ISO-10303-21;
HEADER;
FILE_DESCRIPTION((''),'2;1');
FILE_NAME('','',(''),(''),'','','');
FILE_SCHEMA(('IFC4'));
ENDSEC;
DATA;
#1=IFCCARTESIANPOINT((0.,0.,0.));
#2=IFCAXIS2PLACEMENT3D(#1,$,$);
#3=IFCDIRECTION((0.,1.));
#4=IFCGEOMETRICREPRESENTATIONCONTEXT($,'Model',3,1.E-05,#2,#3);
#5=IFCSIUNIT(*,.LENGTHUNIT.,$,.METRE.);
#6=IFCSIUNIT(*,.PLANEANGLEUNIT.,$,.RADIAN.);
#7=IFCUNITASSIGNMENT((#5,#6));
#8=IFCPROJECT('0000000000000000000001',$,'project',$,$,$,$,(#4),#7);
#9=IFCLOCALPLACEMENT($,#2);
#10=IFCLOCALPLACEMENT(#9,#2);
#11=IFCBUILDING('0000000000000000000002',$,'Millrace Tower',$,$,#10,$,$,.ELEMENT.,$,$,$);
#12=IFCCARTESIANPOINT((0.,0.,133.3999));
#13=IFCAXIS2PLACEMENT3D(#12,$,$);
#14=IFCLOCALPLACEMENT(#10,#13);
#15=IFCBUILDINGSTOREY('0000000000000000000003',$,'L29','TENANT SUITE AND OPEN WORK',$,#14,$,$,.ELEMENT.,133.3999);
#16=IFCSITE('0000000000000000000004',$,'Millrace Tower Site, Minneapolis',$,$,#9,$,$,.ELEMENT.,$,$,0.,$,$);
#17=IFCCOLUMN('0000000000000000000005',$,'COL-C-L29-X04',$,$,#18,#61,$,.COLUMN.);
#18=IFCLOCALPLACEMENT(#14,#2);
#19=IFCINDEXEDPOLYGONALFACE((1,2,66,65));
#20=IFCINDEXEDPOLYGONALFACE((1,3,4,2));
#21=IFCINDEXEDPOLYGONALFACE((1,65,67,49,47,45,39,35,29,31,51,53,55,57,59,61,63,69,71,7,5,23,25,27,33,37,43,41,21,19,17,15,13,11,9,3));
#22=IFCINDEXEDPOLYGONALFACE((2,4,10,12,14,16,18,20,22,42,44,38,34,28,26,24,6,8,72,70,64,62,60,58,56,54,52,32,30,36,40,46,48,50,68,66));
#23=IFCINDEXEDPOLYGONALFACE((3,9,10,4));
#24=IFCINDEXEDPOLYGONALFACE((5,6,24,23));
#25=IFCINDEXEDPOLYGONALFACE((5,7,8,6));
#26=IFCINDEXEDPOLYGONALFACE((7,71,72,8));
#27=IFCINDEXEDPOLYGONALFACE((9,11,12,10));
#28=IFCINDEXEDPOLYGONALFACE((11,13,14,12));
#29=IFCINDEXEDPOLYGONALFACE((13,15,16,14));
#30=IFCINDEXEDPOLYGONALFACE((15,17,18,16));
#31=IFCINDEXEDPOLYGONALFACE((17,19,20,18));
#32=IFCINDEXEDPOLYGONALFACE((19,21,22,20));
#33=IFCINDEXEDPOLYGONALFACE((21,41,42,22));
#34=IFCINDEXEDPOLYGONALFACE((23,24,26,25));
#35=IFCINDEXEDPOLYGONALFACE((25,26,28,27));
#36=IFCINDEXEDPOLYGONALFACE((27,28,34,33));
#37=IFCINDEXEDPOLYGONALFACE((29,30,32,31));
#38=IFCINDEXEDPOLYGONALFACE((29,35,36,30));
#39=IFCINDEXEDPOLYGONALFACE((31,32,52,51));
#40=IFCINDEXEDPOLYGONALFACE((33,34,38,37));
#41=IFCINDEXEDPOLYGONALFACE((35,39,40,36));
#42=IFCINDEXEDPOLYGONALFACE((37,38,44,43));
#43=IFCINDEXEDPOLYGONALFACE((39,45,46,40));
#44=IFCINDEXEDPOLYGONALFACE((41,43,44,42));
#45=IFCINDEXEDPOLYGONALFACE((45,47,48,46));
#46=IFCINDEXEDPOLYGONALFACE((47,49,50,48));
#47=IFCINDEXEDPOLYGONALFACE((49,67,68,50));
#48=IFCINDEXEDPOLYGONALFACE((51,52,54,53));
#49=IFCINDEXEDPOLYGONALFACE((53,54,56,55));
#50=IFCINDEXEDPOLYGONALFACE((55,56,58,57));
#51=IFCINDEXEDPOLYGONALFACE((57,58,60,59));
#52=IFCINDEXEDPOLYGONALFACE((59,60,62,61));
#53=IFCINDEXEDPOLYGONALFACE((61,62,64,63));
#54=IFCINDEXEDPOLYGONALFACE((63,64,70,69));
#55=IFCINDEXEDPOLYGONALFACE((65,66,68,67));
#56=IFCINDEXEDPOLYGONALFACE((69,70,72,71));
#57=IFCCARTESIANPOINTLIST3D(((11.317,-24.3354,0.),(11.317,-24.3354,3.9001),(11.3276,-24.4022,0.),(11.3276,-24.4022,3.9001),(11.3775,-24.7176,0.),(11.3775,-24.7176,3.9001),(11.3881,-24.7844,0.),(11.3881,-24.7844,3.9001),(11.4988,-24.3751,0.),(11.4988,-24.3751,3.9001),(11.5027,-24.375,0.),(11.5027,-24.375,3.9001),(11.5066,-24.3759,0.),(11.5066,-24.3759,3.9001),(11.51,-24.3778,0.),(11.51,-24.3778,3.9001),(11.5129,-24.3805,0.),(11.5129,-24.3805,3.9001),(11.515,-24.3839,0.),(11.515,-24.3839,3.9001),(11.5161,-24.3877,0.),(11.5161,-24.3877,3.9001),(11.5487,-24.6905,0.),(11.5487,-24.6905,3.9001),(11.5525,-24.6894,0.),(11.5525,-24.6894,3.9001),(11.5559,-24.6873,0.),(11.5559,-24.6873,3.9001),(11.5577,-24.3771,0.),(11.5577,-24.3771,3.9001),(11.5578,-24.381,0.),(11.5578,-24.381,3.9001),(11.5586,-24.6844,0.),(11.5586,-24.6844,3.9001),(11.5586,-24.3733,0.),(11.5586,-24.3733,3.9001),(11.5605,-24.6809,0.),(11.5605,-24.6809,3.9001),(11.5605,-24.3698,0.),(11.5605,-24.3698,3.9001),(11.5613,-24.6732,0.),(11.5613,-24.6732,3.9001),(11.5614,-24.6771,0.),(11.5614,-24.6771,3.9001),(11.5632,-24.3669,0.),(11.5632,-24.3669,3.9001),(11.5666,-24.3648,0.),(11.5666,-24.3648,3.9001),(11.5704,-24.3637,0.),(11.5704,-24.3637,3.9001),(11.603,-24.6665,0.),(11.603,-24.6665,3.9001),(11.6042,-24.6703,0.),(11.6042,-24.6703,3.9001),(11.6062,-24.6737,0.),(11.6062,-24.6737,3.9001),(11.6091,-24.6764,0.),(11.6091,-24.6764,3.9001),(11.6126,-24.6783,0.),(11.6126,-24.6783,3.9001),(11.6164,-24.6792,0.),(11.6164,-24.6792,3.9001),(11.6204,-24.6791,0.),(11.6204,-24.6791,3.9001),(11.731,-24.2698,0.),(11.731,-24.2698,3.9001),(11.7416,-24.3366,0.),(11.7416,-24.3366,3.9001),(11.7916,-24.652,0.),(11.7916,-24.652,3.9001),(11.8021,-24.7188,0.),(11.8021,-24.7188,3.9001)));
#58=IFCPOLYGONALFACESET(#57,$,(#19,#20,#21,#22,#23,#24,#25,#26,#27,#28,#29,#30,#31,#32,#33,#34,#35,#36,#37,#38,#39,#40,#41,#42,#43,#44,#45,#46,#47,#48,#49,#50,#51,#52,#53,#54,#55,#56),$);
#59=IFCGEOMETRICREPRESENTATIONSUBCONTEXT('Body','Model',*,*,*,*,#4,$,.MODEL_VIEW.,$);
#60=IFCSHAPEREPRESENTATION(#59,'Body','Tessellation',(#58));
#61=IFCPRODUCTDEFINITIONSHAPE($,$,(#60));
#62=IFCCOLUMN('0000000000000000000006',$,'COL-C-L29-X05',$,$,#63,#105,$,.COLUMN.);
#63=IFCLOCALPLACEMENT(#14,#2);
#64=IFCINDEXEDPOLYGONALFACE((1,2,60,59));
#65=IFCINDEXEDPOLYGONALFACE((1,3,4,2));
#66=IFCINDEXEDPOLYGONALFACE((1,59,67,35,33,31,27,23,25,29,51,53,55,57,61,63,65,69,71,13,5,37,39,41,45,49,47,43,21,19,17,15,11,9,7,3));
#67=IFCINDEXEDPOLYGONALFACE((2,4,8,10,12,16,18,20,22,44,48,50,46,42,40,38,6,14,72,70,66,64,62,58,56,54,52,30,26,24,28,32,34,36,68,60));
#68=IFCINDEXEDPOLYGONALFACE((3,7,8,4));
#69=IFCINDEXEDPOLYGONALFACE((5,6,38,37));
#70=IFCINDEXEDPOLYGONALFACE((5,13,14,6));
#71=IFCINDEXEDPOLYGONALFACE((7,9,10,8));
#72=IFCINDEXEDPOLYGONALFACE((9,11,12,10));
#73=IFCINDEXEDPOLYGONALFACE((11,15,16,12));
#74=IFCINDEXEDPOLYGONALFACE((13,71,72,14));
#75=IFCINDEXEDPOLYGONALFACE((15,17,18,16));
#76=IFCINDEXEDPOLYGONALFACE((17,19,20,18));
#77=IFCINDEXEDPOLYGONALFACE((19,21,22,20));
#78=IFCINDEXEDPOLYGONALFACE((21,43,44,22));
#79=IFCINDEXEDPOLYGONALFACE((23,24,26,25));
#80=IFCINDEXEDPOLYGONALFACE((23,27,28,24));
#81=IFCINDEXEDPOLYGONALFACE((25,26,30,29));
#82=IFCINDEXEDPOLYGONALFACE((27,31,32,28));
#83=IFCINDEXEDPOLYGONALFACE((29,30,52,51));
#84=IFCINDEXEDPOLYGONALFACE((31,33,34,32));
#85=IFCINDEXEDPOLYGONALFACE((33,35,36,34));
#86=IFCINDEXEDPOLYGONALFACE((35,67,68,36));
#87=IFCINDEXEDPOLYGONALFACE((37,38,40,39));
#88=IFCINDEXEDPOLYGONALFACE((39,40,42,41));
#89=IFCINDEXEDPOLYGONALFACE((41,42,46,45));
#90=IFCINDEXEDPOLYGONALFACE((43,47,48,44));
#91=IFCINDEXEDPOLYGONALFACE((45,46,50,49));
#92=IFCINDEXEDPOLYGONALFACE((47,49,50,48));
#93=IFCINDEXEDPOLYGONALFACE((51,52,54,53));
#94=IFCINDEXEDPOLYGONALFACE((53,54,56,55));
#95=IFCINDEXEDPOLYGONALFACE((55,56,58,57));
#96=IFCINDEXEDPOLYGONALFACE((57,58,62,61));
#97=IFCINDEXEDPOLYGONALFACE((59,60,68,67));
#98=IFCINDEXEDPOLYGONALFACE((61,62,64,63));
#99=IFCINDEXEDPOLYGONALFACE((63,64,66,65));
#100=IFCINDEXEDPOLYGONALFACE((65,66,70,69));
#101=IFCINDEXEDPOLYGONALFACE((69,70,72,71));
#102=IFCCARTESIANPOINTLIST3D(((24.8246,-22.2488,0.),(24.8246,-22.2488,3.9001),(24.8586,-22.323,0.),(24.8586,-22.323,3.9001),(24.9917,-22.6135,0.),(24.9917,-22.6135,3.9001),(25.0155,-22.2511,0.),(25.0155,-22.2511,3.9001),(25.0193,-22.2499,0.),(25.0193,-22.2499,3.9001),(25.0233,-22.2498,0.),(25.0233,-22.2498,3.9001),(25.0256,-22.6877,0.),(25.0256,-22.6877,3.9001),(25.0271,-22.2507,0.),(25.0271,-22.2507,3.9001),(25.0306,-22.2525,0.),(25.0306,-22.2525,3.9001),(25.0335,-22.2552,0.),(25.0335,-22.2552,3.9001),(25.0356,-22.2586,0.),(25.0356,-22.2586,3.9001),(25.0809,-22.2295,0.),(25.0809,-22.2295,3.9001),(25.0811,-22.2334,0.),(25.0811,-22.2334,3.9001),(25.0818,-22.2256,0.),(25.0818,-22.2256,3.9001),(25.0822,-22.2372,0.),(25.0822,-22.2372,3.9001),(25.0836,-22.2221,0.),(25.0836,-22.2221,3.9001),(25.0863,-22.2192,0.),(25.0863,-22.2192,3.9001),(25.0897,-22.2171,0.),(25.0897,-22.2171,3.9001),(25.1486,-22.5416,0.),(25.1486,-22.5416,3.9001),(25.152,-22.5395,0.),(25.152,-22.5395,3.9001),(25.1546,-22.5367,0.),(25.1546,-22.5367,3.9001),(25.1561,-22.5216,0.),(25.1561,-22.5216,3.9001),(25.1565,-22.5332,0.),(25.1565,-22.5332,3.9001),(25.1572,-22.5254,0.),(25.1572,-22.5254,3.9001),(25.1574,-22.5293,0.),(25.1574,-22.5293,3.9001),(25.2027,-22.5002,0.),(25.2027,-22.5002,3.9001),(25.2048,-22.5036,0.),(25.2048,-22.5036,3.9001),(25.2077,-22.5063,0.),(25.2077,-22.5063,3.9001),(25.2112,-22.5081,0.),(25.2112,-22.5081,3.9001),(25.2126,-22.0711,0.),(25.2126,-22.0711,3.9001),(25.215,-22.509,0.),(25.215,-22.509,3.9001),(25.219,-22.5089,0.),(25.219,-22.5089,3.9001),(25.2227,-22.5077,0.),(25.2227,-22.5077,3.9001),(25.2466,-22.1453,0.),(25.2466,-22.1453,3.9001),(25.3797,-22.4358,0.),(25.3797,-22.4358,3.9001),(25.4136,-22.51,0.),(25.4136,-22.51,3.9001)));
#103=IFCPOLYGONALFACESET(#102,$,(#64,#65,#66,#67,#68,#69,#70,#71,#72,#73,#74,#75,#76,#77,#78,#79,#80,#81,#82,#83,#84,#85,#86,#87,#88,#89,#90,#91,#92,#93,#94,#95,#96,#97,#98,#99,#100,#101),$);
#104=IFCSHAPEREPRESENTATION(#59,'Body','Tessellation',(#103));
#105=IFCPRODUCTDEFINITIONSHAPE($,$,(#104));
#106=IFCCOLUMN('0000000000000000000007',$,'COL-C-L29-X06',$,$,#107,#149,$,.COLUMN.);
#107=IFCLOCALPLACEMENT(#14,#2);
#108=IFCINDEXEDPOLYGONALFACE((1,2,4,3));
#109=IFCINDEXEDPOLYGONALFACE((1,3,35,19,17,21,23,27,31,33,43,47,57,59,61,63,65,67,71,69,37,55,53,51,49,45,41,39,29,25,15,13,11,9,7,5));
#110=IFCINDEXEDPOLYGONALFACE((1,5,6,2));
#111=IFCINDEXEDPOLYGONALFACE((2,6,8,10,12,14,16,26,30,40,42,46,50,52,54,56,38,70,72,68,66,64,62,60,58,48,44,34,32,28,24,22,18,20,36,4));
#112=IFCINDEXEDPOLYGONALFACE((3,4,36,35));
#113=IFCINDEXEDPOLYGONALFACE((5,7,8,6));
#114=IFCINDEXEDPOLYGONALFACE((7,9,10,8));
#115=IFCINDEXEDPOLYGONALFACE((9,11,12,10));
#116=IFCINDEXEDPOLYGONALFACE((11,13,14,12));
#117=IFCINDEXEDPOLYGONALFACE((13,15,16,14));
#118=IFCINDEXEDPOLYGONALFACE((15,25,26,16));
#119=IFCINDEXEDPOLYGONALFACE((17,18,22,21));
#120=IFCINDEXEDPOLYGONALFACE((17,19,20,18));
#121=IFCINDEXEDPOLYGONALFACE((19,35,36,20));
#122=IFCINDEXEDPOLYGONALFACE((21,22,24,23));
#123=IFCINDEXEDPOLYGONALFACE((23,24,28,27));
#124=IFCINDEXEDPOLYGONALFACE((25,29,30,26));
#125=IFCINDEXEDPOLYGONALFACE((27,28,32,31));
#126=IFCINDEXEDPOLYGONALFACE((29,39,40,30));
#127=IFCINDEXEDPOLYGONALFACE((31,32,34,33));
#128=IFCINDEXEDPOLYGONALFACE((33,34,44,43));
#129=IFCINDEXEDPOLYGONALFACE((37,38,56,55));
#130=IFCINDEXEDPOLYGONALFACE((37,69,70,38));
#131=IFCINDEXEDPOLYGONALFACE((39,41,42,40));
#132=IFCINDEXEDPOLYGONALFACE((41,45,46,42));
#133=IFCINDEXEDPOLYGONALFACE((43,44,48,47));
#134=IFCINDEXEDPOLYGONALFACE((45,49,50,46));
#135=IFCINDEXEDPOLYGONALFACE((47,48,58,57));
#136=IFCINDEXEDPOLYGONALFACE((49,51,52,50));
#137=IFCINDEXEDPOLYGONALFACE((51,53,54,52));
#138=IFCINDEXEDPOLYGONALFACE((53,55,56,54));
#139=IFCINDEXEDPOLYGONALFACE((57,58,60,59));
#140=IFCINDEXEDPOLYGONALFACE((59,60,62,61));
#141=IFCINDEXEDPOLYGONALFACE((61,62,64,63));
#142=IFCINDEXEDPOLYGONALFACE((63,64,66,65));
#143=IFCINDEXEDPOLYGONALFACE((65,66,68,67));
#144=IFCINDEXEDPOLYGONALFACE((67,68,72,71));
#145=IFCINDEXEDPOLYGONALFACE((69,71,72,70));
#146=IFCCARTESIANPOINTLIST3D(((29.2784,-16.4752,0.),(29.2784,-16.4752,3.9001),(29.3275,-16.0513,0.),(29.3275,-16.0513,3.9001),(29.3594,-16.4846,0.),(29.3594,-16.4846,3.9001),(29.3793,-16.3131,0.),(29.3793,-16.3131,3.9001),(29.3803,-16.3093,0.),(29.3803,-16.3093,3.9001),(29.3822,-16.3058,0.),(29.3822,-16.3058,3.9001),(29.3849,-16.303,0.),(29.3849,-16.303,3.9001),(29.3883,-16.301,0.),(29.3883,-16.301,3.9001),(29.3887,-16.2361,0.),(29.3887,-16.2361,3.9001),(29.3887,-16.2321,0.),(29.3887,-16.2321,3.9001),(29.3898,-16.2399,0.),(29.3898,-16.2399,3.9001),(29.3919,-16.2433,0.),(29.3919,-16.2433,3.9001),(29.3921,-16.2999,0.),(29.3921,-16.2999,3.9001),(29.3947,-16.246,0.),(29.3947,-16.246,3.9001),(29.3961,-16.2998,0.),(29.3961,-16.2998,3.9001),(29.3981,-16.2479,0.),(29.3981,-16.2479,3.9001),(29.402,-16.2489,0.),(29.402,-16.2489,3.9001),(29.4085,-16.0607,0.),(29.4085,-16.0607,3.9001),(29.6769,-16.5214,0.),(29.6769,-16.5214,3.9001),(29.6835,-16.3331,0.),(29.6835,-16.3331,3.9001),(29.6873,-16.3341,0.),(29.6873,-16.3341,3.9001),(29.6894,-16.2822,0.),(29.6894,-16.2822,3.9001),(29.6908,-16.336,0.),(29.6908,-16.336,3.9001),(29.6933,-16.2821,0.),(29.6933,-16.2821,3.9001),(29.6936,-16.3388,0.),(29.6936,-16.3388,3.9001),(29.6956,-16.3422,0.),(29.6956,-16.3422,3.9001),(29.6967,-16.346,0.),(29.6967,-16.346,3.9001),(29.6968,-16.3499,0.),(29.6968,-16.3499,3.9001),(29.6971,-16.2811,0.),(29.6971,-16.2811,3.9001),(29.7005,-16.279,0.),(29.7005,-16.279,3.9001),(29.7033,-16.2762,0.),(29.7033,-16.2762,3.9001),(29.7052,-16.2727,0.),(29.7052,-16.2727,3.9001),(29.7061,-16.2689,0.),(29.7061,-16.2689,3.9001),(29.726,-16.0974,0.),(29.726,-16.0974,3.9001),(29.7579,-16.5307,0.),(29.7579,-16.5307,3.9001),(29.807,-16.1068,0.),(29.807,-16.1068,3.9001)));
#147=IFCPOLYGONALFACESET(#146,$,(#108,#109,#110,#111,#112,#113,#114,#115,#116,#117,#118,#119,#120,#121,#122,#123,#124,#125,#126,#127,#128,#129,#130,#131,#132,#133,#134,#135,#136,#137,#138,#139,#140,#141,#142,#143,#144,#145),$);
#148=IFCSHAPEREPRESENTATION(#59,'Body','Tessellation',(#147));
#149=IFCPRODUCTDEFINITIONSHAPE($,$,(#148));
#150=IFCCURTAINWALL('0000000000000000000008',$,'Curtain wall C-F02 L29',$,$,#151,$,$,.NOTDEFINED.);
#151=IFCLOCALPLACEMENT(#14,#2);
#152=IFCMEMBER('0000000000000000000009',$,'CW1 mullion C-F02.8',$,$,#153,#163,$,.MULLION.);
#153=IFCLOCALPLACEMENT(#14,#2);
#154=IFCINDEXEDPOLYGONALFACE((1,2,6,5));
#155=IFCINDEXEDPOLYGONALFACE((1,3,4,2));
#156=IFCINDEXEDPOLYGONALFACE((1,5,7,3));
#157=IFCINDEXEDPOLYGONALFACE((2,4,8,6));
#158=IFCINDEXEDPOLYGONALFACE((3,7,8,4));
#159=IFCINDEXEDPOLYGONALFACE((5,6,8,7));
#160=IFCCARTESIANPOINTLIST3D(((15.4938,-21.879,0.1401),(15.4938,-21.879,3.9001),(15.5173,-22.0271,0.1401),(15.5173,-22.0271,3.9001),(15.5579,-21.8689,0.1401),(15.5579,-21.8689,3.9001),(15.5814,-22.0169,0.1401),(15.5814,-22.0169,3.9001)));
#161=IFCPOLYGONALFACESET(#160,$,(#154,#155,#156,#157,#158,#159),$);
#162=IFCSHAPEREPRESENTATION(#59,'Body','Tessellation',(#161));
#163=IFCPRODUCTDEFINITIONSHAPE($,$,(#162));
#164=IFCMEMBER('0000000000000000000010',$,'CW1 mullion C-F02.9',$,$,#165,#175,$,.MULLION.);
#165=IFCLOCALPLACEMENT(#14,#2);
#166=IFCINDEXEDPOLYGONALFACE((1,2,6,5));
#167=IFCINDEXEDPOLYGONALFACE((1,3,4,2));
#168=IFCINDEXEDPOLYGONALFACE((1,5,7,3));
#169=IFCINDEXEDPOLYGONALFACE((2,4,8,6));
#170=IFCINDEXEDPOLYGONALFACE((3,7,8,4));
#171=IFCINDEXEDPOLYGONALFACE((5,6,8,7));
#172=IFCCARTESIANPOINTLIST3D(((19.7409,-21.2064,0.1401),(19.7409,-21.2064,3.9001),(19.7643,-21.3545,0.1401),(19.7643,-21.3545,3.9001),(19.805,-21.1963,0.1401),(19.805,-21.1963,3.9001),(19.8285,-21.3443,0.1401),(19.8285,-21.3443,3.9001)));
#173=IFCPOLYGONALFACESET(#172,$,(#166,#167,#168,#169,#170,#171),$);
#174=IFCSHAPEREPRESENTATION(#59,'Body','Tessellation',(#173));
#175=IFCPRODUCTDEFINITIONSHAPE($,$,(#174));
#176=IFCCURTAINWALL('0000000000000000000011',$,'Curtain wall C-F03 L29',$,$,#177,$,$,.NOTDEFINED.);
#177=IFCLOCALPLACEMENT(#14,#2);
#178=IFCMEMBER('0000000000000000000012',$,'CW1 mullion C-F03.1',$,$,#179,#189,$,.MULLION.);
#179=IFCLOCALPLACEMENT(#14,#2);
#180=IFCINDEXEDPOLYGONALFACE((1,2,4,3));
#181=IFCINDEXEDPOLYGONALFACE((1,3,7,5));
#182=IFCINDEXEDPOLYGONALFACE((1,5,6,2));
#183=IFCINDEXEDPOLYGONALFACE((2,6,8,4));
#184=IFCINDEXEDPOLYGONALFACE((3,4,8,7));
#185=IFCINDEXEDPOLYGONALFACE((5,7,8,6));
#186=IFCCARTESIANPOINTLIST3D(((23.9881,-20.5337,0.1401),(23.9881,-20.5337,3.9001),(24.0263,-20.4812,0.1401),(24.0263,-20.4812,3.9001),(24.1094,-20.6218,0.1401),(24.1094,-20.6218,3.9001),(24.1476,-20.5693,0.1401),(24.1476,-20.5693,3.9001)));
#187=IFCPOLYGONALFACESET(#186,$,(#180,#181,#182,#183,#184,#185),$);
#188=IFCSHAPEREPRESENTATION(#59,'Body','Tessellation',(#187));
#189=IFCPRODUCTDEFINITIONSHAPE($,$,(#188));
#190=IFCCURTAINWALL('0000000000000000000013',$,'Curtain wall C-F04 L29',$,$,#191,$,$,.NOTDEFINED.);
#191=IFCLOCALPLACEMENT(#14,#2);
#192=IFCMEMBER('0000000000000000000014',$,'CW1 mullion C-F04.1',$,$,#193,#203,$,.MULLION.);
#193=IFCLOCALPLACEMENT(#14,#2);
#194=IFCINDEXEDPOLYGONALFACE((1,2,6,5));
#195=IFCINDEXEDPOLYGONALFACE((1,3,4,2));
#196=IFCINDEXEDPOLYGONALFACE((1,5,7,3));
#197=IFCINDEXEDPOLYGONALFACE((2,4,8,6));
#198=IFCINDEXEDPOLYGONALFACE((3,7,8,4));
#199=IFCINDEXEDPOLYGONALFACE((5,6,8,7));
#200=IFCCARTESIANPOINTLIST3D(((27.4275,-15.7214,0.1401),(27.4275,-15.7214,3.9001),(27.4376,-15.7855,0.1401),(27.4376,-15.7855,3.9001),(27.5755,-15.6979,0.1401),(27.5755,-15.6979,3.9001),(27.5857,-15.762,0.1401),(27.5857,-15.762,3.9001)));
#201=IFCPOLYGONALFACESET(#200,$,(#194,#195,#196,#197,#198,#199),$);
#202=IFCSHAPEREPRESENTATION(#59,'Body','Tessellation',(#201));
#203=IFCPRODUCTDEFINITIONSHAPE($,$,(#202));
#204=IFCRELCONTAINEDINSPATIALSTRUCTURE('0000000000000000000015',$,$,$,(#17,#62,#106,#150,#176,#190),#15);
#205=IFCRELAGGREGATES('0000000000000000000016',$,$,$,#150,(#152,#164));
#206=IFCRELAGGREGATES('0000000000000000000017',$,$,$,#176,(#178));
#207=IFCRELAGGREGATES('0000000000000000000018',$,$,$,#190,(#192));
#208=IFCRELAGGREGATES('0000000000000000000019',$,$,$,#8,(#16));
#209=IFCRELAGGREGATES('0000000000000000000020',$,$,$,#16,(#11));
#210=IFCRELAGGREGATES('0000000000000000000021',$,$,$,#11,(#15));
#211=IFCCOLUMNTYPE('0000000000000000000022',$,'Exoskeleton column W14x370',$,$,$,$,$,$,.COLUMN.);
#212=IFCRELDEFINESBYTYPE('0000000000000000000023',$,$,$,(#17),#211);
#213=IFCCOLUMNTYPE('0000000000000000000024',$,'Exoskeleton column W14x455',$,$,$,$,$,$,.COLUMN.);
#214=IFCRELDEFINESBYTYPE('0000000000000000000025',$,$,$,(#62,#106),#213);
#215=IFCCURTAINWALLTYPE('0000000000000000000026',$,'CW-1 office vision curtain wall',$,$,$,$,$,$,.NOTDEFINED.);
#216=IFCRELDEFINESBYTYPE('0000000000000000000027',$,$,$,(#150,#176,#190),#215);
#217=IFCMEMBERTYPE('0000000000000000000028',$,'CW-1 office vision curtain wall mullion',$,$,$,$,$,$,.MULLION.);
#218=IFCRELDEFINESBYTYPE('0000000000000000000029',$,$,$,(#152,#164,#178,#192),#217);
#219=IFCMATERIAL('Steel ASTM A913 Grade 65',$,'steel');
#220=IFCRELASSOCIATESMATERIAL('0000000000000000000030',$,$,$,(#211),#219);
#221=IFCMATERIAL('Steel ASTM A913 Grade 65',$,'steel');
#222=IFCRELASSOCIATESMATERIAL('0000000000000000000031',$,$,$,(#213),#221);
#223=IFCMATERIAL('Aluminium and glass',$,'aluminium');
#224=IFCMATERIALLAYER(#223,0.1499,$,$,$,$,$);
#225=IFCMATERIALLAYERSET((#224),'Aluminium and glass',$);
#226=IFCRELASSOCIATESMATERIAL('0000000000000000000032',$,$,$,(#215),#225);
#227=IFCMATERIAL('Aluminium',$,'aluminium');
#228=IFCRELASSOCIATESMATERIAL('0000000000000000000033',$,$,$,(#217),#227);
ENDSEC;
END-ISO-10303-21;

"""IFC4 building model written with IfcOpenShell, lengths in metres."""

from ifc_helpers import new_model, si_unit, direction, frame, origin, origin_2d, place, context, subcontext, project, spatial, rectangle, i_section, extrude, material, layer, layer_set, material_profile, profile_set, type_object, element, aggregate, save


model = new_model("IFC4")

# Units and contexts
model_context = context("Model", 3, precision=1e-05, world=origin(), true_north=direction((0.0, 1.0)))
body_context = subcontext(model_context, "Body", "Model", "MODEL_VIEW")
ifc_project = project(units=[si_unit("LENGTHUNIT", "METRE"), si_unit("PLANEANGLEUNIT", "RADIAN")], contexts=[model_context])

# Site, building, storey
site_placement = place(None, origin())
site = spatial("IfcSite", under=ifc_project, at=site_placement, Name="Millrace Tower Site, Minneapolis", CompositionType="ELEMENT", RefElevation=0.0)
building_placement = place(site_placement, origin())
building = spatial("IfcBuilding", under=site, at=building_placement, Name="Millrace Tower", CompositionType="ELEMENT")
storey_placement = place(building_placement, frame((0.0, 0.0, 133.3999)))
storey = spatial("IfcBuildingStorey", under=building, at=storey_placement, Name="L29", Description="TENANT SUITE AND OPEN WORK", CompositionType="ELEMENT", Elevation=133.3999)

# Columns
ifc_material_1 = material(Name="Steel ASTM A913 Grade 65", Category="steel")
ifc_material_profile_1 = material_profile(ifc_material_1, i_section(OverallWidth=0.4192, OverallDepth=0.4546, WebThickness=0.0422, FlangeThickness=0.0676, FilletRadius=0.0151, at=origin_2d()))
ifc_profile_set_1 = profile_set([ifc_material_profile_1], Name="Steel ASTM A913 Grade 65")
column_type_1 = type_object("IfcColumnType", Name="Exoskeleton column W14x370", PredefinedType="COLUMN", material=ifc_profile_set_1)
column_placement = place(storey_placement, frame((11.5596, -24.5271, 0.0), z_axis=(0.0, 0.0, 1.0), x_axis=(0.987688, 0.156434, 0.0)))
element("IfcColumn", 1, at=column_placement, inside=storey, type_object=column_type_1, Name="COL-C-L29-X04", PredefinedType="COLUMN", context=body_context, shape_type="SweptSolid", body=[
    extrude(i_section(OverallWidth=0.4192, OverallDepth=0.4546, WebThickness=0.0422, FlangeThickness=0.0676, FilletRadius=0.0151, at=origin_2d()), origin(), (0.0, 0.0, 1.0), 3.9001),
])
ifc_material_2 = material(Name="Steel ASTM A913 Grade 65", Category="steel")
ifc_material_profile_2 = material_profile(ifc_material_2, i_section(OverallWidth=0.4268, OverallDepth=0.4827, WebThickness=0.0513, FlangeThickness=0.0815, FilletRadius=0.0151, at=origin_2d()))
ifc_profile_set_2 = profile_set([ifc_material_profile_2], Name="Steel ASTM A913 Grade 65")
column_type_2 = type_object("IfcColumnType", Name="Exoskeleton column W14x455", PredefinedType="COLUMN", material=ifc_profile_set_2)
for number, where, z_axis, x_axis, name in (
    (2, (25.1191, -22.3794, 0.0), (0.0, 0.0, 1.0), (0.909181, 0.416401, 0.0), "COL-C-L29-X05"),
    (3, (29.5427, -16.291, 0.0), (0.0, 0.0, 1.0), (0.115069, 0.993358, 0.0), "COL-C-L29-X06"),
):
    element("IfcColumn", number, at=place(storey_placement, frame(where, z_axis=z_axis, x_axis=x_axis)), inside=storey, type_object=column_type_2, Name=name, PredefinedType="COLUMN", context=body_context, shape_type="SweptSolid", body=[
        extrude(i_section(OverallWidth=0.4268, OverallDepth=0.4827, WebThickness=0.0513, FlangeThickness=0.0815, FilletRadius=0.0151, at=origin_2d()), origin(), (0.0, 0.0, 1.0), 3.9001),
    ])

# Curtain wall, members
ifc_material_3 = material(Name="Aluminium and glass", Category="aluminium")
ifc_layer_1 = layer(ifc_material_3, 0.1499)
ifc_layer_set_1 = layer_set([ifc_layer_1], Name="Aluminium and glass")
curtain_wall_type = type_object("IfcCurtainWallType", Name="CW-1 office vision curtain wall", PredefinedType="NOTDEFINED", material=ifc_layer_set_1)
placement = place(storey_placement, origin())
curtain_wall_1 = element("IfcCurtainWall", 4, at=placement, inside=storey, type_object=curtain_wall_type, Name="Curtain wall C-F02 L29", PredefinedType="NOTDEFINED")
ifc_material_4 = material(Name="Aluminium", Category="aluminium")
ifc_material_profile_3 = material_profile(ifc_material_4, rectangle(XDim=0.0649, YDim=0.1499, at=origin_2d()))
ifc_profile_set_3 = profile_set([ifc_material_profile_3], Name="Aluminium")
member_type_1 = type_object("IfcMemberType", Name="CW-1 office vision curtain wall mullion", PredefinedType="MULLION", material=ifc_profile_set_3)
member_1_placement = place(storey_placement, frame((15.5376, -21.948, 0.1401), z_axis=(0.0, 0.0, 1.0), x_axis=(0.987688, 0.156434, 0.0)))
member_1 = element("IfcMember", 5, at=member_1_placement, type_object=member_type_1, Name="CW1 mullion C-F02.8", PredefinedType="MULLION", context=body_context, shape_type="SweptSolid", body=[
    extrude(rectangle(XDim=0.0649, YDim=0.1499, at=origin_2d()), origin(), (0.0, 0.0, 1.0), 3.76),
])
member_2_placement = place(storey_placement, frame((19.7847, -21.2754, 0.1401), z_axis=(0.0, 0.0, 1.0), x_axis=(0.987688, 0.156434, 0.0)))
member_2 = element("IfcMember", 6, at=member_2_placement, type_object=member_type_1, Name="CW1 mullion C-F02.9", PredefinedType="MULLION", context=body_context, shape_type="SweptSolid", body=[
    extrude(rectangle(XDim=0.0649, YDim=0.1499, at=origin_2d()), origin(), (0.0, 0.0, 1.0), 3.76),
])
aggregate(curtain_wall_1, [member_1, member_2])

# Curtain walls, members
curtain_wall_2 = element("IfcCurtainWall", 7, at=placement, inside=storey, type_object=curtain_wall_type, Name="Curtain wall C-F03 L29", PredefinedType="NOTDEFINED")
member_3_placement = place(storey_placement, frame((24.0679, -20.5515, 0.1401), z_axis=(0.0, 0.0, 1.0), x_axis=(0.587785, 0.809017, 0.0)))
member_3 = element("IfcMember", 8, at=member_3_placement, type_object=member_type_1, Name="CW1 mullion C-F03.1", PredefinedType="MULLION", context=body_context, shape_type="SweptSolid", body=[
    extrude(rectangle(XDim=0.0649, YDim=0.1499, at=origin_2d()), origin(), (0.0, 0.0, 1.0), 3.76),
])
curtain_wall_3 = element("IfcCurtainWall", 9, at=placement, inside=storey, type_object=curtain_wall_type, Name="Curtain wall C-F04 L29", PredefinedType="NOTDEFINED")
member_4_placement = place(storey_placement, frame((27.5066, -15.7417, 0.1401), z_axis=(0.0, 0.0, 1.0), x_axis=(-0.156434, 0.987688, 0.0)))
member_4 = element("IfcMember", 10, at=member_4_placement, type_object=member_type_1, Name="CW1 mullion C-F04.1", PredefinedType="MULLION", context=body_context, shape_type="SweptSolid", body=[
    extrude(rectangle(XDim=0.0649, YDim=0.1499, at=origin_2d()), origin(), (0.0, 0.0, 1.0), 3.76),
])

aggregate(curtain_wall_2, [member_3])
aggregate(curtain_wall_3, [member_4])

save(model, "model.ifc")
